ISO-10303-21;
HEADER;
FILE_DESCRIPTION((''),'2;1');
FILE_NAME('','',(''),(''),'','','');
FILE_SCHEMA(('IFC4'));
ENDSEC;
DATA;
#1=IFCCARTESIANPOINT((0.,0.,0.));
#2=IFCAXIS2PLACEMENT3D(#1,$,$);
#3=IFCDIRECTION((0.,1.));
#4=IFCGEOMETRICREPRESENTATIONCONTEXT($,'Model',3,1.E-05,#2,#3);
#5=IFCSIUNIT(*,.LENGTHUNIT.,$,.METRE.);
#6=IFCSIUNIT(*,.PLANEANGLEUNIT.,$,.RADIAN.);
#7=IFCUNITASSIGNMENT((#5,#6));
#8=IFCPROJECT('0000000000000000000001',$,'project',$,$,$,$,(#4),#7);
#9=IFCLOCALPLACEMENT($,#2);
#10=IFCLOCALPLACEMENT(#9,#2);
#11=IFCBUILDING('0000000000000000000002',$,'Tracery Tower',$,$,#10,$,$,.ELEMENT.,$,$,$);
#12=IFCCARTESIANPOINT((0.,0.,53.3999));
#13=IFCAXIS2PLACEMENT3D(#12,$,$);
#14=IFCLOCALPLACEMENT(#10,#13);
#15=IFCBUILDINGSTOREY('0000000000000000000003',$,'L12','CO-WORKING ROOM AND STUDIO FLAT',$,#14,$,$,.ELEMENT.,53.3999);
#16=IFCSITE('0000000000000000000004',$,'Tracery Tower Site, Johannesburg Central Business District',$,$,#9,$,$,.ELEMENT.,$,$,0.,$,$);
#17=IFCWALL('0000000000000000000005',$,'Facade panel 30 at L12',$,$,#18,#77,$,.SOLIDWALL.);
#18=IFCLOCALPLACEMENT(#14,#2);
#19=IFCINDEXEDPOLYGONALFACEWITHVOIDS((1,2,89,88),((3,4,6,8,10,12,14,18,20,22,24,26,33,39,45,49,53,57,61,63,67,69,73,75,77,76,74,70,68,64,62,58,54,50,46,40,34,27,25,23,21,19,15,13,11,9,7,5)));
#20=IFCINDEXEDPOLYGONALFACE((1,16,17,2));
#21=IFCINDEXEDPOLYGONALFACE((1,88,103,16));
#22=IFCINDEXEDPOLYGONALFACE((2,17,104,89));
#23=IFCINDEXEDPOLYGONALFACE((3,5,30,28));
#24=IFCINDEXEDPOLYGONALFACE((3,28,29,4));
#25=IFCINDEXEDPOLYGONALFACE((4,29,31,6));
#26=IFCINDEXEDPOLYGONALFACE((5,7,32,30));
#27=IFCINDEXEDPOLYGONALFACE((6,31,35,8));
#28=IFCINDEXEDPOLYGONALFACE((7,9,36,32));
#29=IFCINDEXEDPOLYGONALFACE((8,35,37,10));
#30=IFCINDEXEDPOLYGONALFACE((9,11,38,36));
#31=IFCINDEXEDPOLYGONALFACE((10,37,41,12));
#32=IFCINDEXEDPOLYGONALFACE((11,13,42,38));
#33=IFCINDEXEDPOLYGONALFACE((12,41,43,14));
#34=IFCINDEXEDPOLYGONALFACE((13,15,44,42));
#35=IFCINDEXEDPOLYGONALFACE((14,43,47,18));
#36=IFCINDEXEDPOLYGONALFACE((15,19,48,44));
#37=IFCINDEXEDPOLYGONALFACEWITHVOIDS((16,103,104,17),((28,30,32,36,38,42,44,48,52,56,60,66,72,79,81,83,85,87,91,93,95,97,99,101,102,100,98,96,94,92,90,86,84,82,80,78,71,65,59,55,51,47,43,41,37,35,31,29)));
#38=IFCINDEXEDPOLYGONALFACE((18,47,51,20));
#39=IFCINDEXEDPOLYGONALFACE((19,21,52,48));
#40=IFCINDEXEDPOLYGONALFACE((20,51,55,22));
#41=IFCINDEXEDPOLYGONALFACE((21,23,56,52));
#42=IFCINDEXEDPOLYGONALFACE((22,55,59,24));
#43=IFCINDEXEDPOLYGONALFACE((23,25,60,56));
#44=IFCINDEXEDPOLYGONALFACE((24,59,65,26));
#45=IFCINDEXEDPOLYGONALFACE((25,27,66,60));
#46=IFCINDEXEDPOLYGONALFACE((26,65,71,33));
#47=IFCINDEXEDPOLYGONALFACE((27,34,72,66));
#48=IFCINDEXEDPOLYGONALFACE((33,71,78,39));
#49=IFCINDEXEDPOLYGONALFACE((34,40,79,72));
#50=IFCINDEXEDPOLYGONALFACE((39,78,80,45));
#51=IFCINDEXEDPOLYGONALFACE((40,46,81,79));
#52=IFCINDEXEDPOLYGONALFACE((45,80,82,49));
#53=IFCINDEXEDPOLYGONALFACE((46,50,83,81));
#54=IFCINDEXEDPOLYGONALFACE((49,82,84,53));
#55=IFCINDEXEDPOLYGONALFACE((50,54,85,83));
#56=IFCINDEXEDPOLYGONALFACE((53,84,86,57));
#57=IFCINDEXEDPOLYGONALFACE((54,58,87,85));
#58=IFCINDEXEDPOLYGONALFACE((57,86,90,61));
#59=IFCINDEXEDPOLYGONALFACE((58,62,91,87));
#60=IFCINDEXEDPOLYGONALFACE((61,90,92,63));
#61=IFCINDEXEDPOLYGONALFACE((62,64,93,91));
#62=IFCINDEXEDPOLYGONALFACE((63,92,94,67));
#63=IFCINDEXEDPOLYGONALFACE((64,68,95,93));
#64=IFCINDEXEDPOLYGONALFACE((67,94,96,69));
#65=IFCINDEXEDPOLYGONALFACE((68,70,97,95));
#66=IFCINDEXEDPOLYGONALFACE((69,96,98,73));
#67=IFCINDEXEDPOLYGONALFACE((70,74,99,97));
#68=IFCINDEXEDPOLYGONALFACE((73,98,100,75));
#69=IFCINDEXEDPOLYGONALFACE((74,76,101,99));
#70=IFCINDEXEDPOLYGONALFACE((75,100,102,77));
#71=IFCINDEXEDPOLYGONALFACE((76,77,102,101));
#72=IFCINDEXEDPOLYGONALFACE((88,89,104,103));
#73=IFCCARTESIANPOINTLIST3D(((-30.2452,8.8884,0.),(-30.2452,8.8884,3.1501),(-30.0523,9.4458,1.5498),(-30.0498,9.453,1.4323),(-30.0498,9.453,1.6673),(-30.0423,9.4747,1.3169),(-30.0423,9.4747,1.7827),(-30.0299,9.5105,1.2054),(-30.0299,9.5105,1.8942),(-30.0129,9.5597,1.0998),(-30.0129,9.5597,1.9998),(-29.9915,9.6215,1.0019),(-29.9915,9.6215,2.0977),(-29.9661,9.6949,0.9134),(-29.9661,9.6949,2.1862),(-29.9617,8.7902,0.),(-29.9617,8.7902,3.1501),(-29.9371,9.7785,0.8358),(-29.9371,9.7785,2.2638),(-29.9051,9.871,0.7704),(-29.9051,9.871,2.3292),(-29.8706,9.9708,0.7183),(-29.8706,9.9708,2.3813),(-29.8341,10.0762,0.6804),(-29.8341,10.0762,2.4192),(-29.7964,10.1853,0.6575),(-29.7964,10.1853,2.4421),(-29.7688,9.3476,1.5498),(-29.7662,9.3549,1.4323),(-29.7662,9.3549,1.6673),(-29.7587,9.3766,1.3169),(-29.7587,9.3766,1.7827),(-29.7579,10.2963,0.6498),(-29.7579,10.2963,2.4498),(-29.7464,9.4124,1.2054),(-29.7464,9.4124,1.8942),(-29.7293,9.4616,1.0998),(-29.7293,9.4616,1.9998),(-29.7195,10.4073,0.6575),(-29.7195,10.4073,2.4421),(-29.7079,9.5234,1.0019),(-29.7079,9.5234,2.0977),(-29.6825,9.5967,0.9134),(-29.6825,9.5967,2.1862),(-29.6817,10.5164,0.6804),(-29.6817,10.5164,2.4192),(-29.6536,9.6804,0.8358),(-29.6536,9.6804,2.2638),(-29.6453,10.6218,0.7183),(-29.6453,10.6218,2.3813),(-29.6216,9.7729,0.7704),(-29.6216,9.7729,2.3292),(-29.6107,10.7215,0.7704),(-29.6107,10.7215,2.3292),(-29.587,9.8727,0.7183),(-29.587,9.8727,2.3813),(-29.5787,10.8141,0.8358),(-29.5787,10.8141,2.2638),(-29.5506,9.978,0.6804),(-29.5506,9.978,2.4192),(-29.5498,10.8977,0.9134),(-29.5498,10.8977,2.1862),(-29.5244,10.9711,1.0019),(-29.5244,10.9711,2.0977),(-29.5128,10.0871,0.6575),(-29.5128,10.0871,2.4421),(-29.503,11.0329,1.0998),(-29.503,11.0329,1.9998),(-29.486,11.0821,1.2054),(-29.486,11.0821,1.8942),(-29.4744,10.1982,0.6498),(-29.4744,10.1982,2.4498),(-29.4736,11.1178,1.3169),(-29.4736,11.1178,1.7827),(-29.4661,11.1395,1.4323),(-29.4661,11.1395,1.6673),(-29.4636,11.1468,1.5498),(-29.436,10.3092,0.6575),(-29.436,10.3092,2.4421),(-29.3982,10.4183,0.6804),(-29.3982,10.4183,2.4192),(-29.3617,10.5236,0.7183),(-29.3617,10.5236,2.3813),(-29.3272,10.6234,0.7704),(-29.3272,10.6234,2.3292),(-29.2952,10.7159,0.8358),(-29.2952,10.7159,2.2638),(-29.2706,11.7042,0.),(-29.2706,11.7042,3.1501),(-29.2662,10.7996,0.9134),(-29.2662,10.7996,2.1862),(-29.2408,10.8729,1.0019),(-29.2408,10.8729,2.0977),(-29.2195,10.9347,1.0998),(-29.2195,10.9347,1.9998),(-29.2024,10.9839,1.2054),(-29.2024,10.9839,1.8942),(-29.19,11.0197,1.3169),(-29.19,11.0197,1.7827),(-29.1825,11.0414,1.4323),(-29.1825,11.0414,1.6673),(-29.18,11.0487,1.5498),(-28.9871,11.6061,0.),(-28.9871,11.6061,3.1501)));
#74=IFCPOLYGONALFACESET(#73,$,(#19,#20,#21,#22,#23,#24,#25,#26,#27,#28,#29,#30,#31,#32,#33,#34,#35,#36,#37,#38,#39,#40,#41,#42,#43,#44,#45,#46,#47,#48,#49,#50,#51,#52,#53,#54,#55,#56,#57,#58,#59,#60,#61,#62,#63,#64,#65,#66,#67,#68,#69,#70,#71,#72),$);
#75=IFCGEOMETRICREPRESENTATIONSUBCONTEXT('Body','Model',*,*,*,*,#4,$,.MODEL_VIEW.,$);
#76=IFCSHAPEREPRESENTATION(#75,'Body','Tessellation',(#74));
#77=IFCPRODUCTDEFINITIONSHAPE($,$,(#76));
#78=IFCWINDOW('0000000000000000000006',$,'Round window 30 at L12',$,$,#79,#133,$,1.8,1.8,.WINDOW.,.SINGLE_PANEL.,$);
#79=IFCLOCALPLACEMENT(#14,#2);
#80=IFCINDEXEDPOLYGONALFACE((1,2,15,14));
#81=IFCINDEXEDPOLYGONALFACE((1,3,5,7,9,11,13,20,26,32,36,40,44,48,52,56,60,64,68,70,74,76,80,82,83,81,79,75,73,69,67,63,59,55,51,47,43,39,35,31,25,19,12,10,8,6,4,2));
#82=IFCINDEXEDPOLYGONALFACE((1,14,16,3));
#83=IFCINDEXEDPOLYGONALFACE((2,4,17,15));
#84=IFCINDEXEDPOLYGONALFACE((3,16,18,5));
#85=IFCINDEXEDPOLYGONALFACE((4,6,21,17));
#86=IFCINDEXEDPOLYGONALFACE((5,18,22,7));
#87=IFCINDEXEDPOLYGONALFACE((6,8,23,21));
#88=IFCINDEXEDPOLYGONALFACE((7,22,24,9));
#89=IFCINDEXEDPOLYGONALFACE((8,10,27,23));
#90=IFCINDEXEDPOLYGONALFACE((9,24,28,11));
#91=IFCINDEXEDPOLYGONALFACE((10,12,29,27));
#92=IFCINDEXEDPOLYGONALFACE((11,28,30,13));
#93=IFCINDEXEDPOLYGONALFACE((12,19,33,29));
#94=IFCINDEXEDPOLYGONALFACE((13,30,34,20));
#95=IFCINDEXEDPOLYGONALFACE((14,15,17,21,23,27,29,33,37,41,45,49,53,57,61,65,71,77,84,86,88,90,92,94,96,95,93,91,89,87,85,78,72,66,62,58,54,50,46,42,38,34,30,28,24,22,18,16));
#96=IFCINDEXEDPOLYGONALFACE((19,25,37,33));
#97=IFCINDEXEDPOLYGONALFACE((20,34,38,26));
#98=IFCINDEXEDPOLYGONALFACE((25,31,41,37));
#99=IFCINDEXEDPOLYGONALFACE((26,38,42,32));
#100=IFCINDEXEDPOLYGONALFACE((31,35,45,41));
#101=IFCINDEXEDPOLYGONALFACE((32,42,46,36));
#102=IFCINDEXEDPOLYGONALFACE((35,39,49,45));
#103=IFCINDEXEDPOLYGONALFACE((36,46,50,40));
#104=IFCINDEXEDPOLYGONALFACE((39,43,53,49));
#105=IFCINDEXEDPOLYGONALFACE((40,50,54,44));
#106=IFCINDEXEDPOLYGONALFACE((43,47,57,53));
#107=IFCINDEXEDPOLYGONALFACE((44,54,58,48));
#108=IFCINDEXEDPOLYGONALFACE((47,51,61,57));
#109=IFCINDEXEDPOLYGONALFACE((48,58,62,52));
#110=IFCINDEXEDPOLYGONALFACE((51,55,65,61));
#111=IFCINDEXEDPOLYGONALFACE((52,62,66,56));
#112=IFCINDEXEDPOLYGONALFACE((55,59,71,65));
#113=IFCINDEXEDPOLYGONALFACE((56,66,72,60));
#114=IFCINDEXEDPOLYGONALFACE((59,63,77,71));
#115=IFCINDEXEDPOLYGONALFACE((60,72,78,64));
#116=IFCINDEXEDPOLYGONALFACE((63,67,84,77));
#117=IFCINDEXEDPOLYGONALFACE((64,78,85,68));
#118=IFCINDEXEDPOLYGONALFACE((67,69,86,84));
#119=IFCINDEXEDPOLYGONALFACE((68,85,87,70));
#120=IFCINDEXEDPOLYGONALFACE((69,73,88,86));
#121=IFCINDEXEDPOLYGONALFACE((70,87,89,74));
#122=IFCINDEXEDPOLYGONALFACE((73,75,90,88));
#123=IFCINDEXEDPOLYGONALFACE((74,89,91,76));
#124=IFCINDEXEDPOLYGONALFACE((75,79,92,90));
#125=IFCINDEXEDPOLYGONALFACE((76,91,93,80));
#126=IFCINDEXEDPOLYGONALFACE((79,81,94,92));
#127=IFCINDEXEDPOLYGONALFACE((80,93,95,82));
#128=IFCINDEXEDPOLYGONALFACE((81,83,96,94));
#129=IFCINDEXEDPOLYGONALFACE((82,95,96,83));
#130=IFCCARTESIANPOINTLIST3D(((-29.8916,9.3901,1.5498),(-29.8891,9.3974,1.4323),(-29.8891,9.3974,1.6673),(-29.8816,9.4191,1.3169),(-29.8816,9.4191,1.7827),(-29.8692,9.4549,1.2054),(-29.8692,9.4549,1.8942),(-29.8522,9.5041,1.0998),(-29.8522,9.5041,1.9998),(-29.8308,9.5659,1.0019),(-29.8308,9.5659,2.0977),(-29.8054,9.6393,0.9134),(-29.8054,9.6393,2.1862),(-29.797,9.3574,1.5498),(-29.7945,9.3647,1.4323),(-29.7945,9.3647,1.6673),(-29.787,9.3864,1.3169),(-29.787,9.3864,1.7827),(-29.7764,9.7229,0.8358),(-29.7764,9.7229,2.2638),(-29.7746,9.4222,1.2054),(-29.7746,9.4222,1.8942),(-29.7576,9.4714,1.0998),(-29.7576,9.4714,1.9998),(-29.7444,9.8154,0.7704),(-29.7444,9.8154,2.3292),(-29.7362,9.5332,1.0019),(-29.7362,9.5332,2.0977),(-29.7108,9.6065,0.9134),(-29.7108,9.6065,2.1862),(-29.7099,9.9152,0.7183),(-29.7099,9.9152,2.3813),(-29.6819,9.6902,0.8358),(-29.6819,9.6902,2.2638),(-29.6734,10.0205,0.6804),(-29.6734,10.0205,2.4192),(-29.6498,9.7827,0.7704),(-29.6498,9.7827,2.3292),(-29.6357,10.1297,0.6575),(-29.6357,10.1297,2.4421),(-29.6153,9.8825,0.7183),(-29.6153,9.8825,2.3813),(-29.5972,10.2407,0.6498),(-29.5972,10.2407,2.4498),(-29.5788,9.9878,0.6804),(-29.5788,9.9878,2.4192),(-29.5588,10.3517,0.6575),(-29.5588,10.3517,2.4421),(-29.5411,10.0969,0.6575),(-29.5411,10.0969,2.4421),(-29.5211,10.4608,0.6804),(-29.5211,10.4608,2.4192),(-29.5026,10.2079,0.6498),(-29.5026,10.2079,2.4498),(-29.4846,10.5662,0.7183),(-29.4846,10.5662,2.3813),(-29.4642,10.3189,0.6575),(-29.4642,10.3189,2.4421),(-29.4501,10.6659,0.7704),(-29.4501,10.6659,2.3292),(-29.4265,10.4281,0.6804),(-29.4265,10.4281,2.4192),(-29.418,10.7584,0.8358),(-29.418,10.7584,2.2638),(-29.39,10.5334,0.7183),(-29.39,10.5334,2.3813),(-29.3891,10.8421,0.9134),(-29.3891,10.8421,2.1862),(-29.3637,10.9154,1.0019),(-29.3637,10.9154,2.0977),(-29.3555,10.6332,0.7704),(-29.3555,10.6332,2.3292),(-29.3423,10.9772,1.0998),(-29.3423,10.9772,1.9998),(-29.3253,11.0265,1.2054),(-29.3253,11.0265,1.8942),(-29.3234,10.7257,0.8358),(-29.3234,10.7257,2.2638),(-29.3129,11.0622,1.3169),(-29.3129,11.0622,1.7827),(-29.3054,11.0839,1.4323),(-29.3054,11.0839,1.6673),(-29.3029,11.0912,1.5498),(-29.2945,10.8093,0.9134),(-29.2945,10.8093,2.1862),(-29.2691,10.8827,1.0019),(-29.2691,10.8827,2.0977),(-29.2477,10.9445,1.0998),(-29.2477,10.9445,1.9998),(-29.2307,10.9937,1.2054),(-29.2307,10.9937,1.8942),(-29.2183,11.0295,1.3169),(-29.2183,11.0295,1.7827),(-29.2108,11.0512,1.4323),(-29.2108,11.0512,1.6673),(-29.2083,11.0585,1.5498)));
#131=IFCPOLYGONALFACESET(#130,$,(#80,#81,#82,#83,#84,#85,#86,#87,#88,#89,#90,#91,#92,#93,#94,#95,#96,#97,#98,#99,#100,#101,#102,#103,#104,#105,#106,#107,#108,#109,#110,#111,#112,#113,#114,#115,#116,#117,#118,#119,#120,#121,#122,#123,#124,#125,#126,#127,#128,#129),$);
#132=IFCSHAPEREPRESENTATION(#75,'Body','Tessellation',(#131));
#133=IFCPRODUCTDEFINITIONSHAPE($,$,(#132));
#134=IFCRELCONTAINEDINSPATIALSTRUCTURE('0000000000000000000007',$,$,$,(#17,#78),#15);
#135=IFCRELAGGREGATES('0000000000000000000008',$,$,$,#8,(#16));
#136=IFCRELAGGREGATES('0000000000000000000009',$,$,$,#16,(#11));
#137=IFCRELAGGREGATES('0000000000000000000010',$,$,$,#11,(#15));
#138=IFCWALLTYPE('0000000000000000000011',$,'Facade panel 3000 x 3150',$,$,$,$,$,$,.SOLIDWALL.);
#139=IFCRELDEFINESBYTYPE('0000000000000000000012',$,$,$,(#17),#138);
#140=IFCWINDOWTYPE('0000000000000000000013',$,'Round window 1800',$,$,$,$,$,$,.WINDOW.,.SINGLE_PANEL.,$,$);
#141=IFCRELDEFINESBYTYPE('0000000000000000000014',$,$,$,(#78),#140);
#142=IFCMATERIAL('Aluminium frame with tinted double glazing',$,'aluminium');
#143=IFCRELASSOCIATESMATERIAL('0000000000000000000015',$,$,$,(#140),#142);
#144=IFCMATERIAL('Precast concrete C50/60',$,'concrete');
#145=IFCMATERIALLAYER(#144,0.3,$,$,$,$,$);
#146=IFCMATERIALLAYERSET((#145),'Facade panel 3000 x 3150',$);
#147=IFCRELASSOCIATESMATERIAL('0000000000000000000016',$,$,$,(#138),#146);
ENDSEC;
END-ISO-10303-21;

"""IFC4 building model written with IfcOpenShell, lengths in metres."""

from ifc_helpers import new_model, si_unit, direction, frame, frame_2d, origin, origin_2d, place, context, subcontext, project, spatial, rectangle, circle, extrude, material, layer, layer_set, type_object, element, fill, save


model = new_model("IFC4")

# Units and contexts
model_context = context("Model", 3, precision=1e-05, world=origin(), true_north=direction((0.0, 1.0)))
body_context = subcontext(model_context, "Body", "Model", "MODEL_VIEW")
ifc_project = project(units=[si_unit("LENGTHUNIT", "METRE"), si_unit("PLANEANGLEUNIT", "RADIAN")], contexts=[model_context])

# Site, building, storey
site_placement = place(None, origin())
site = spatial("IfcSite", under=ifc_project, at=site_placement, Name="Tracery Tower Site, Johannesburg Central Business District", CompositionType="ELEMENT", RefElevation=0.0)
building_placement = place(site_placement, origin())
building = spatial("IfcBuilding", under=site, at=building_placement, Name="Tracery Tower", CompositionType="ELEMENT")
storey_placement = place(building_placement, frame((0.0, 0.0, 53.3999)))
storey = spatial("IfcBuildingStorey", under=building, at=storey_placement, Name="L12", Description="CO-WORKING ROOM AND STUDIO FLAT", CompositionType="ELEMENT", Elevation=53.3999)

# Wall, opening, window
ifc_material_1 = material(Name="Aluminium frame with tinted double glazing", Category="aluminium")
window_type = type_object("IfcWindowType", Name="Round window 1800", PartitioningType="SINGLE_PANEL", PredefinedType="WINDOW", material=ifc_material_1)
ifc_material_2 = material(Name="Precast concrete C50/60", Category="concrete")
ifc_layer_1 = layer(ifc_material_2, 0.3)
ifc_layer_set_1 = layer_set([ifc_layer_1], Name="Facade panel 3000 x 3150")
wall_type_1 = type_object("IfcWallType", Name="Facade panel 3000 x 3150", PredefinedType="SOLIDWALL", material=ifc_layer_set_1)
wall_1_placement = place(storey_placement, frame((-29.1289, 11.655, 0.0), z_axis=(0.0, 0.0, 1.0), x_axis=(-0.327071, -0.945, 0.0)))
wall_1 = element("IfcWall", 1, at=wall_1_placement, inside=storey, type_object=wall_type_1, Name="Facade panel 30 at L12", PredefinedType="SOLIDWALL", context=body_context, shape_type="SweptSolid", body=[
    extrude(rectangle(XDim=2.9797, YDim=0.3, at=frame_2d((1.4897, 0.0))), origin(), (0.0, 0.0, 1.0), 3.1501),
])
opening_1_placement = place(wall_1_placement, frame((1.4897, 0.0, 1.5498)))
opening_1 = element("IfcOpeningElement", 2, at=opening_1_placement, cuts=wall_1, PredefinedType="OPENING", context=body_context, shape_type="SweptSolid", body=[
    extrude(circle(Radius=0.9, at=origin_2d()), frame((0.0, 0.1599, 0.0), z_axis=(0.0, -1.0, 0.0), x_axis=(1.0, 0.0, 0.0)), (0.0, 0.0, 1.0), 0.3201),
])
window_1_placement = place(opening_1_placement, origin())
window_1 = element("IfcWindow", 3, at=window_1_placement, inside=storey, type_object=window_type, Name="Round window 30 at L12", OverallHeight=1.8, OverallWidth=1.8, PartitioningType="SINGLE_PANEL", PredefinedType="WINDOW", context=body_context, shape_type="SweptSolid", body=[
    extrude(circle(Radius=0.9, at=origin_2d()), frame((0.0, 0.1201, 0.0), z_axis=(0.0, -1.0, 0.0), x_axis=(1.0, 0.0, 0.0)), (0.0, 0.0, 1.0), 0.1001),
])
fill(opening_1, window_1)

save(model, "model.ifc")
